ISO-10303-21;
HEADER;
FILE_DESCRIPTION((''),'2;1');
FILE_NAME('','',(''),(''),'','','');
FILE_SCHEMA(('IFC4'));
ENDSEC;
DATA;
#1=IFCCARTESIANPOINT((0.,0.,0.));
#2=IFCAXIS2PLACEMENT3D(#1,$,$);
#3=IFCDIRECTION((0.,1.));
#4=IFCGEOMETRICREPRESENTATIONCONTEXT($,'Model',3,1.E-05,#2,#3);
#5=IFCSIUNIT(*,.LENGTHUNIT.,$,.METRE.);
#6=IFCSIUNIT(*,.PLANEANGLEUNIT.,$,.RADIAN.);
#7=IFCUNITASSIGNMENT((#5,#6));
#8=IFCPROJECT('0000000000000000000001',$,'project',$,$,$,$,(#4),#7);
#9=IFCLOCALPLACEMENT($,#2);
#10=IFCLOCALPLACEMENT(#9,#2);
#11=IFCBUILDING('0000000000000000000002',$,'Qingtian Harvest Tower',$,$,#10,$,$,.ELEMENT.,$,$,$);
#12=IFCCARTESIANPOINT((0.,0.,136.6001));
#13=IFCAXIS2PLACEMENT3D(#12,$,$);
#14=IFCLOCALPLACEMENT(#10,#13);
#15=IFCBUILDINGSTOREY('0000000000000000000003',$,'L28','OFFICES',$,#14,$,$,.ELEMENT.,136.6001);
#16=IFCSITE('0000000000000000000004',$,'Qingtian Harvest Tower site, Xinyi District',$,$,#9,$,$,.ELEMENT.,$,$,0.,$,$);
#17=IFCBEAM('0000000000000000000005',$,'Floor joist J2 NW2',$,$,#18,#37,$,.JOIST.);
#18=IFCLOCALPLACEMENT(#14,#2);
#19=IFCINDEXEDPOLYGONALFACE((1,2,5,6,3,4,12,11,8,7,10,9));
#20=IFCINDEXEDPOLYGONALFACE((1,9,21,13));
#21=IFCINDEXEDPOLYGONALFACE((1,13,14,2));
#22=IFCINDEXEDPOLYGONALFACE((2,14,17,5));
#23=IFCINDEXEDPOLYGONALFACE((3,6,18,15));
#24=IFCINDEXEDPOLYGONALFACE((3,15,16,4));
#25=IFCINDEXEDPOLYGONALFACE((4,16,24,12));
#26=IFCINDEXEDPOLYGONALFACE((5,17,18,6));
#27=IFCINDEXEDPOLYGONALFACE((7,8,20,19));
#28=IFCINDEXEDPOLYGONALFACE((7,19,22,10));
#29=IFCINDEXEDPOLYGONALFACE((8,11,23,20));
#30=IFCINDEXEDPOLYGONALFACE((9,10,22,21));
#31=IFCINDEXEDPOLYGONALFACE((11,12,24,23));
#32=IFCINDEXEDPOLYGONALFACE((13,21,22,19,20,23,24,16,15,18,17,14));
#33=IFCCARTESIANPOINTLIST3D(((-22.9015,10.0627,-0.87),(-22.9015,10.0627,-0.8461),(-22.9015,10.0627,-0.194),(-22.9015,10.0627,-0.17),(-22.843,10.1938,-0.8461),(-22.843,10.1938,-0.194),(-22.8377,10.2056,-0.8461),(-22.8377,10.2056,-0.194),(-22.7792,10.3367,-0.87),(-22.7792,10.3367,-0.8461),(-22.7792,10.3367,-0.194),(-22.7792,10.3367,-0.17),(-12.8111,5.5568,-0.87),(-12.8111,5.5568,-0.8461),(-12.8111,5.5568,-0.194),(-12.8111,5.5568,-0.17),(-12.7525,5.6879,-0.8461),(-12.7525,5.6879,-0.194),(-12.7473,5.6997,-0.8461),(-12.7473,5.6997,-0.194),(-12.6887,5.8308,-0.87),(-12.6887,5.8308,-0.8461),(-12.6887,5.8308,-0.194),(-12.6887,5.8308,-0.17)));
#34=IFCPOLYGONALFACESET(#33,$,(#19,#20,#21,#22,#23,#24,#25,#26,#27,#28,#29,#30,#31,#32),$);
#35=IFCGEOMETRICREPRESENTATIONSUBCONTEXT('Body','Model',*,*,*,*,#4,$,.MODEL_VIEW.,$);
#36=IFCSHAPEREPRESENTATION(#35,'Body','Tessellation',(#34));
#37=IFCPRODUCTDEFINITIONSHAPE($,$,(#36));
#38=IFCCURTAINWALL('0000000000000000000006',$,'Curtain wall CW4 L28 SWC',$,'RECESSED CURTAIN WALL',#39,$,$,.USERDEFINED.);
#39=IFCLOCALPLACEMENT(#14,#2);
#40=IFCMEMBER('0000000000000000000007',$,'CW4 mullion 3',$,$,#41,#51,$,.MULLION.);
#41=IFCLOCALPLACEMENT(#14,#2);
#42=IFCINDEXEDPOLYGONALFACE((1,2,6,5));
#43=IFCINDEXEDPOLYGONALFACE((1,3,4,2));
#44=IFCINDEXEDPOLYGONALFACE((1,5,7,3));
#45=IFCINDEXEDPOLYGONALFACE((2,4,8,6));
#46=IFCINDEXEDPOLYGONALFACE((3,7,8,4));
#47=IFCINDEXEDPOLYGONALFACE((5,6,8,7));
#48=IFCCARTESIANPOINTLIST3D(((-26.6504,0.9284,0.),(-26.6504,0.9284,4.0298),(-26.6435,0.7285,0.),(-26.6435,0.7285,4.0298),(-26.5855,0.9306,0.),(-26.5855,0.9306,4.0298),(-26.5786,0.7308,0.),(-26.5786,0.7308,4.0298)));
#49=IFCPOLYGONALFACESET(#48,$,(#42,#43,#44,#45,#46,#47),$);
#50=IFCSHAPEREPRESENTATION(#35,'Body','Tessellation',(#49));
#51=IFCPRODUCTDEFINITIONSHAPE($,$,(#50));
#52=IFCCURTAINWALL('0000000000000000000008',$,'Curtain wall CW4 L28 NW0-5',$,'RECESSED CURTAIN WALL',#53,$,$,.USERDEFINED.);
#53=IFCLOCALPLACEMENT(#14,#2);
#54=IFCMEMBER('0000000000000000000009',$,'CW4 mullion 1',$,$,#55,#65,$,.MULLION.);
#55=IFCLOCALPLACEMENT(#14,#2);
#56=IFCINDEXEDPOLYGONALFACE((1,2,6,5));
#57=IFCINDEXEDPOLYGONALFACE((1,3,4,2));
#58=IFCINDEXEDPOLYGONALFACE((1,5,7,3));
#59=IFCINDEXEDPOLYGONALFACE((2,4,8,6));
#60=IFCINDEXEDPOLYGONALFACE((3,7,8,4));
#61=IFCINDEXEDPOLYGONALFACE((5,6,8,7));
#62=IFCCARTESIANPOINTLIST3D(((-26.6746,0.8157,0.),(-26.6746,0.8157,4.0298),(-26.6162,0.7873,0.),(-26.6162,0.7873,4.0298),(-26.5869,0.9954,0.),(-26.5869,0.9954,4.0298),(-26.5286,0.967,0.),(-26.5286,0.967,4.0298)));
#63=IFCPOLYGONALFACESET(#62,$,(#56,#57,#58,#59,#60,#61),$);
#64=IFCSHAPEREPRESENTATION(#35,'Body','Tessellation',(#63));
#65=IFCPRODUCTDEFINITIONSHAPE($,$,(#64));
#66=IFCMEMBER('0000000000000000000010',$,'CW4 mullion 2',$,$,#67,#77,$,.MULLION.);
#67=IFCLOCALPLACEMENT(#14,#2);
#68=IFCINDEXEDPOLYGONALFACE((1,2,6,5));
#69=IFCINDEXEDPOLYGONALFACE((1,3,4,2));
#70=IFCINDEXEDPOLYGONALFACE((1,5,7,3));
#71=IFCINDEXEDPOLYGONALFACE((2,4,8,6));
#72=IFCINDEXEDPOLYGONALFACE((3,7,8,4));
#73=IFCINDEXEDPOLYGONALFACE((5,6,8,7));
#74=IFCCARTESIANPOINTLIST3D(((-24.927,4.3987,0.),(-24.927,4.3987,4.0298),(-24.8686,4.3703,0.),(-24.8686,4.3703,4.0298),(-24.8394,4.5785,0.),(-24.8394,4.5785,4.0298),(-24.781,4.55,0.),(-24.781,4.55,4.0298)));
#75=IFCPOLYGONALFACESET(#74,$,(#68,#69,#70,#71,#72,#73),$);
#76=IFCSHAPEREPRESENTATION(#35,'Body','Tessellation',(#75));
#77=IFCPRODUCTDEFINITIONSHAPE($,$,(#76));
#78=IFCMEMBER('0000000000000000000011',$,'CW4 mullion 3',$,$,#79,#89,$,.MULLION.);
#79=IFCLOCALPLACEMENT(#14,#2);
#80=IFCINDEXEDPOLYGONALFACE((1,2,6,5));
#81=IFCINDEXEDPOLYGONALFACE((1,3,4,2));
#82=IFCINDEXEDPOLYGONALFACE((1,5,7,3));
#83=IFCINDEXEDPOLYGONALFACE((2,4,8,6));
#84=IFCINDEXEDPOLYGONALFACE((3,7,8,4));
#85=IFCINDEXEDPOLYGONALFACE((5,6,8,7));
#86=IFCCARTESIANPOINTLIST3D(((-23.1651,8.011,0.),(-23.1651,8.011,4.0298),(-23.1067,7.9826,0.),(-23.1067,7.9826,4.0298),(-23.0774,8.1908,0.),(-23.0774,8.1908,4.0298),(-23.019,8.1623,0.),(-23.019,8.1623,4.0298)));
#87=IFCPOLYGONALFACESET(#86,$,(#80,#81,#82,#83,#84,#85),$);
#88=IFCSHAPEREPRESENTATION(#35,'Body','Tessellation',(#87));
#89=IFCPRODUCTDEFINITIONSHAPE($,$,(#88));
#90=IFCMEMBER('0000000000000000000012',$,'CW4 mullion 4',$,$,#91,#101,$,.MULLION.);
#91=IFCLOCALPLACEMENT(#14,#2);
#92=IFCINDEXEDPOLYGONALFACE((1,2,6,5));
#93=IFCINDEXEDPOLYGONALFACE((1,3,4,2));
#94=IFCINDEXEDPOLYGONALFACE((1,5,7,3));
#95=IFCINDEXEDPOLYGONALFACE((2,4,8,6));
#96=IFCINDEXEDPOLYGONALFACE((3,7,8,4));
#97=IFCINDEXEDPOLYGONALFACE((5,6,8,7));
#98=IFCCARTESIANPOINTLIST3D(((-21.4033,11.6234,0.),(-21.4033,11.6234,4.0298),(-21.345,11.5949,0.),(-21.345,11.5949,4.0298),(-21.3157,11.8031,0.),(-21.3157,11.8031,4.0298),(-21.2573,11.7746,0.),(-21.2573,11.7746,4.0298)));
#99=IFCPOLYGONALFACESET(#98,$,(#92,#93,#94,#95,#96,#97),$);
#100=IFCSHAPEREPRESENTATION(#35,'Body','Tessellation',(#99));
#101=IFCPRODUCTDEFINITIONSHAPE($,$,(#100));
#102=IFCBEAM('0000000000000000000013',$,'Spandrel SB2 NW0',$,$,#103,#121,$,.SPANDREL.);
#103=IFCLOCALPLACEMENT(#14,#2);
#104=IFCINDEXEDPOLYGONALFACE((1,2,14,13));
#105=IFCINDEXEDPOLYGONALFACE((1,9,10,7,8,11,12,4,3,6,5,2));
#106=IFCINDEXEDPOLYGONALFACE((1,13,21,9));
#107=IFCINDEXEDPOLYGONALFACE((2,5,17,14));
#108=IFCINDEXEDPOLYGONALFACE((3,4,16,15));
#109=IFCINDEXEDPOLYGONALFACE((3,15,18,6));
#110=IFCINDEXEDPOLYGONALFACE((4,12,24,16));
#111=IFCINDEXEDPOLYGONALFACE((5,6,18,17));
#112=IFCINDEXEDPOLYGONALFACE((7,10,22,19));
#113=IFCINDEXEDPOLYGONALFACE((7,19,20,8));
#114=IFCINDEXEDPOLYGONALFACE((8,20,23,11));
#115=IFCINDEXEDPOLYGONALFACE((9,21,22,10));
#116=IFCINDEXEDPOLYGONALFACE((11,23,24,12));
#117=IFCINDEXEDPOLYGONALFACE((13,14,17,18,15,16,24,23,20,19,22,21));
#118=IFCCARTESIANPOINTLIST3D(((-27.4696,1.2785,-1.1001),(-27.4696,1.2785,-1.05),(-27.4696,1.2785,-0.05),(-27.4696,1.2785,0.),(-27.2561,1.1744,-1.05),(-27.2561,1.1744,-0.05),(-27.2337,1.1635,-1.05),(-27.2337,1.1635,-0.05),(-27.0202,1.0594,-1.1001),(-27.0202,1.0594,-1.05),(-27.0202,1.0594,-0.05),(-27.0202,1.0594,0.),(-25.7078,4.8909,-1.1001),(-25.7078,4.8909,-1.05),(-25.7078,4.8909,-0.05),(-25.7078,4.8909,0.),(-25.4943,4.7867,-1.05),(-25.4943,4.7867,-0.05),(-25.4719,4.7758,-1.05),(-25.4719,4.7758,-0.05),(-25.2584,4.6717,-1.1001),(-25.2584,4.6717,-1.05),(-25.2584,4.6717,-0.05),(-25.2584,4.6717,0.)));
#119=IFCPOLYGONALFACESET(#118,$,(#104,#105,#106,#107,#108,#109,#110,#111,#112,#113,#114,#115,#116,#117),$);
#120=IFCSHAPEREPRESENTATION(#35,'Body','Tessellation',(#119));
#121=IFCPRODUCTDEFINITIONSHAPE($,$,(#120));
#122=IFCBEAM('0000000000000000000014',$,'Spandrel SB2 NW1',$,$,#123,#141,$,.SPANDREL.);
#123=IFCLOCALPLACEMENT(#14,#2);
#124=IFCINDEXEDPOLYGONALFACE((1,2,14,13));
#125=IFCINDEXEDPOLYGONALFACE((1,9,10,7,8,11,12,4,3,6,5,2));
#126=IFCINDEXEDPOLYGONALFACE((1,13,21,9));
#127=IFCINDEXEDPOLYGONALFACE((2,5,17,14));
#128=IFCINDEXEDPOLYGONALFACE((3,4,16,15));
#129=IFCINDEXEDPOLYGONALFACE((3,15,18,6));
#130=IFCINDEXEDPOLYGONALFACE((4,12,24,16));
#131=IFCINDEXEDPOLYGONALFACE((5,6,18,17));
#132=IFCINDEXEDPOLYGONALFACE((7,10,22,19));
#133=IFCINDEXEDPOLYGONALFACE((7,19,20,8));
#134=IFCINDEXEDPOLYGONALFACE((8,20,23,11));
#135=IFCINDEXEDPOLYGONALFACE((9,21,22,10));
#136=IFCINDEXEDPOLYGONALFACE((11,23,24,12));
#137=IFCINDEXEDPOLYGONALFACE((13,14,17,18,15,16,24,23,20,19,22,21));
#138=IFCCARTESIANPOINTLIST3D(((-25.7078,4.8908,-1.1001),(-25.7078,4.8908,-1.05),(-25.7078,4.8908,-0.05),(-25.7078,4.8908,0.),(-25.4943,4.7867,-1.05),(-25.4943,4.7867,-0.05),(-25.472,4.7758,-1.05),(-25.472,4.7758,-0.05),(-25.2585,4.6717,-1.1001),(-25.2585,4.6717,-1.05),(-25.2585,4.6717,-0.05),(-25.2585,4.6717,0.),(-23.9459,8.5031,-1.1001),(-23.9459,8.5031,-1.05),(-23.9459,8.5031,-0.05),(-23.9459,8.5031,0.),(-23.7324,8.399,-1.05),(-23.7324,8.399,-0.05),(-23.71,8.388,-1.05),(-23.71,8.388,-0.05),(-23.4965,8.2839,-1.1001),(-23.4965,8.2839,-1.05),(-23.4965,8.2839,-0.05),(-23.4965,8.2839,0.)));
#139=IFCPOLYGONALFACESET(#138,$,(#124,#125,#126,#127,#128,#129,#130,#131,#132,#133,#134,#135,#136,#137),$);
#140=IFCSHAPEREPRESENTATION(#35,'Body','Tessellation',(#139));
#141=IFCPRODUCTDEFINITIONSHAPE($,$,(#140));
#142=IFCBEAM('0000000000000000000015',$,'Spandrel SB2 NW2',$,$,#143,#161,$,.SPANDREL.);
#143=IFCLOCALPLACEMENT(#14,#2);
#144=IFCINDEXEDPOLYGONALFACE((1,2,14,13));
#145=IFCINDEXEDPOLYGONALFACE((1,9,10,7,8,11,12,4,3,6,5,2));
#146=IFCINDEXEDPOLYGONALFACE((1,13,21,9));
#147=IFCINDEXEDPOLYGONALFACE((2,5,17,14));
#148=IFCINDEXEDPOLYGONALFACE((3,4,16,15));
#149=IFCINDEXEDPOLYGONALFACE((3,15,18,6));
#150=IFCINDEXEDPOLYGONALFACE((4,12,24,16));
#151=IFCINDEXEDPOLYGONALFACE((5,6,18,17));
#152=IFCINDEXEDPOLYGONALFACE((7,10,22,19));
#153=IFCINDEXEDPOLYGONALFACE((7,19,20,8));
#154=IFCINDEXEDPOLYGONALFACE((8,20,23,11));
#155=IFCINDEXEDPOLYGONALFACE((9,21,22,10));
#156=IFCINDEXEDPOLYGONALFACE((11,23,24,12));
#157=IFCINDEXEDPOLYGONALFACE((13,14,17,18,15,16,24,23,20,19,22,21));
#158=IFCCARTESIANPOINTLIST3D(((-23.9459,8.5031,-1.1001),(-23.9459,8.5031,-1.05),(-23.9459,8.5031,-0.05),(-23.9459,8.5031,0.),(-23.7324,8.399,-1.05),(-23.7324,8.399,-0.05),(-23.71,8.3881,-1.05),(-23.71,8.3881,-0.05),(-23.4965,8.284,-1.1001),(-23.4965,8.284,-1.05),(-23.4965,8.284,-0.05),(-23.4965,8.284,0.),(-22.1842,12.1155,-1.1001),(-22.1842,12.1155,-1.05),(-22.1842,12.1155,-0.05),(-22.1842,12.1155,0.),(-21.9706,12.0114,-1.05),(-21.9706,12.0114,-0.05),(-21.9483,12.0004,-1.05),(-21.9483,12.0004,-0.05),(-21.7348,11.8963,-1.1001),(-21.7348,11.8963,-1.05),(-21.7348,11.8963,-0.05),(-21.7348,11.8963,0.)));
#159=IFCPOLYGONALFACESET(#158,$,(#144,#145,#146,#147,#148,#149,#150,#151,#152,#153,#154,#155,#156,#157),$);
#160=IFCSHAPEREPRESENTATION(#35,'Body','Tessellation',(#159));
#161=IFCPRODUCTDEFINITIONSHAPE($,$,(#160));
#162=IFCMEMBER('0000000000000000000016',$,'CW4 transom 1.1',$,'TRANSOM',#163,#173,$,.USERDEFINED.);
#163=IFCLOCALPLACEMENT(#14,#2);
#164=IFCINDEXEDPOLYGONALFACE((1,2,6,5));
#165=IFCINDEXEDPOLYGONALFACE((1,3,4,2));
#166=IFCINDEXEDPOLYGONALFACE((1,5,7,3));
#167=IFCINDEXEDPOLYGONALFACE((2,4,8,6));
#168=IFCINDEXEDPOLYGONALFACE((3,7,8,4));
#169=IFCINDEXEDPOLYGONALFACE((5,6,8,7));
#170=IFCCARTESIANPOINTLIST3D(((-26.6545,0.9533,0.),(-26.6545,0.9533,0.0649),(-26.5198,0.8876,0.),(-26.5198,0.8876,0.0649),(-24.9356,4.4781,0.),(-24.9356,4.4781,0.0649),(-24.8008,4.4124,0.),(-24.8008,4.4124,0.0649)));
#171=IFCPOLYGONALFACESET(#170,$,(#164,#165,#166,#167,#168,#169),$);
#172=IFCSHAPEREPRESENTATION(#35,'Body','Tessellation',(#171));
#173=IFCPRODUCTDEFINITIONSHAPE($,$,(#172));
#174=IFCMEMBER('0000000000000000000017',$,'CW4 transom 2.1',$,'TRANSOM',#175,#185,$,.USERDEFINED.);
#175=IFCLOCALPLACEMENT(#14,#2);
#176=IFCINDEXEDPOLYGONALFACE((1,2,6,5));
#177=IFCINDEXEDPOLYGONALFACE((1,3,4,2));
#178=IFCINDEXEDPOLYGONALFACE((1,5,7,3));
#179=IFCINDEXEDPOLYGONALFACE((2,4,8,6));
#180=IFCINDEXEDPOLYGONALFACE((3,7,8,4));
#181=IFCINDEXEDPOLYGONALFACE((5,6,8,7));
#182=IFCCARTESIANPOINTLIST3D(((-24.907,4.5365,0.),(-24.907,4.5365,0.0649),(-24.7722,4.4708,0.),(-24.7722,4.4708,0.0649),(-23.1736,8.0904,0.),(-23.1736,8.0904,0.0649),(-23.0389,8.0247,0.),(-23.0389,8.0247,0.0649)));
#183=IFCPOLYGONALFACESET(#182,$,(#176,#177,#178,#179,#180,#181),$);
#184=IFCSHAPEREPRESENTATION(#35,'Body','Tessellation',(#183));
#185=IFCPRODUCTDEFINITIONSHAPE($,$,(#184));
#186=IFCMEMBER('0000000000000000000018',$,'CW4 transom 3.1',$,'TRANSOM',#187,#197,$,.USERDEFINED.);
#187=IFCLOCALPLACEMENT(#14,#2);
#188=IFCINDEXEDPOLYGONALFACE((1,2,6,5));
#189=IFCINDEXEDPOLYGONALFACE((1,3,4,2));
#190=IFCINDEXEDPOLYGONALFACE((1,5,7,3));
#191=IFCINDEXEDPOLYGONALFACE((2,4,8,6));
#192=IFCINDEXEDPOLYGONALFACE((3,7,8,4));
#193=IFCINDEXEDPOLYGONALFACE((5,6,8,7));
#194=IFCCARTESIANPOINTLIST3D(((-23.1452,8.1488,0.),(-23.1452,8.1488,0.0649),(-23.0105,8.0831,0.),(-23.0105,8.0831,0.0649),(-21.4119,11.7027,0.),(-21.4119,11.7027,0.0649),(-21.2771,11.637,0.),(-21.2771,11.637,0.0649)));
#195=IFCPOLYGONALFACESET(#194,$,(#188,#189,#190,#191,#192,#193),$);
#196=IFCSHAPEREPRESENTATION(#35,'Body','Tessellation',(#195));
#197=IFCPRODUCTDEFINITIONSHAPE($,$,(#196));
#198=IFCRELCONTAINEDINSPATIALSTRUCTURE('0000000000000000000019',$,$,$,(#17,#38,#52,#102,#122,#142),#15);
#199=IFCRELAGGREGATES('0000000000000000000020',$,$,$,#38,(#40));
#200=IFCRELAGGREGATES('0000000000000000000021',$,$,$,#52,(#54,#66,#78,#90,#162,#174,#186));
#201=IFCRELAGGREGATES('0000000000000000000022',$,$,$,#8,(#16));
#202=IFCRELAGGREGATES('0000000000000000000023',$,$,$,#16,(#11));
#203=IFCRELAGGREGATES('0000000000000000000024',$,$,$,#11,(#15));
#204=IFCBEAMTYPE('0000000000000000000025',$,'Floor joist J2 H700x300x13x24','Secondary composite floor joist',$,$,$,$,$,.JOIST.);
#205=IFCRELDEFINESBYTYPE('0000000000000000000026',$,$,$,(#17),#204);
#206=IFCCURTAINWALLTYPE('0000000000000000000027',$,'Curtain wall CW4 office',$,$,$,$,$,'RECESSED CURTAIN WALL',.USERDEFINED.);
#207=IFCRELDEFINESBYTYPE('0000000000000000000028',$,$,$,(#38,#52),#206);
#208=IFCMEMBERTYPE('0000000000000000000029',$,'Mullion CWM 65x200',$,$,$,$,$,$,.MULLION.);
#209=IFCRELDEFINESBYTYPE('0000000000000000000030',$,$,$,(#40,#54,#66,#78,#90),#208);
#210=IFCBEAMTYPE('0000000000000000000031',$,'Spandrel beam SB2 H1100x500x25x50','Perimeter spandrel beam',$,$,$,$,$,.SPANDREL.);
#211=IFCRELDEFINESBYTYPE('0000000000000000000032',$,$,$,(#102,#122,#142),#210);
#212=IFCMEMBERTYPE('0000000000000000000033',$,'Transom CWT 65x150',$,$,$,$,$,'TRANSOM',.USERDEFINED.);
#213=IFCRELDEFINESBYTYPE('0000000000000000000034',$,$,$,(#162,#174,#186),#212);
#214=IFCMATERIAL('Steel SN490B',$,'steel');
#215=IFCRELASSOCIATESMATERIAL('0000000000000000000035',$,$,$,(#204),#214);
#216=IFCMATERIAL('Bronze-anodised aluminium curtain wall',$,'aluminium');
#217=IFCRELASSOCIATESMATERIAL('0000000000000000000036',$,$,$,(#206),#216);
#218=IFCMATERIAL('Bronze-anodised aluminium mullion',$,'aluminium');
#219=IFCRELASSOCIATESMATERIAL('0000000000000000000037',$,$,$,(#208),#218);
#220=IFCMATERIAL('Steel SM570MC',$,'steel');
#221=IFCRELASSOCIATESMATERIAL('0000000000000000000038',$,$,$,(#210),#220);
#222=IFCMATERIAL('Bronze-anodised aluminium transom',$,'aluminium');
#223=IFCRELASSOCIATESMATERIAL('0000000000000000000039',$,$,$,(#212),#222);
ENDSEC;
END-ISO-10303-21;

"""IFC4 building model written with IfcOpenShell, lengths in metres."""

from ifc_helpers import new_model, si_unit, direction, frame, origin, origin_2d, place, context, subcontext, project, spatial, rectangle, i_section, extrude, material, material_profile, profile_set, type_object, element, aggregate, save


model = new_model("IFC4")

# Units and contexts
model_context = context("Model", 3, precision=1e-05, world=origin(), true_north=direction((0.0, 1.0)))
body_context = subcontext(model_context, "Body", "Model", "MODEL_VIEW")
ifc_project = project(units=[si_unit("LENGTHUNIT", "METRE"), si_unit("PLANEANGLEUNIT", "RADIAN")], contexts=[model_context])

# Site, building, storey
site_placement = place(None, origin())
site = spatial("IfcSite", under=ifc_project, at=site_placement, Name="Qingtian Harvest Tower site, Xinyi District", CompositionType="ELEMENT", RefElevation=0.0)
building_placement = place(site_placement, origin())
building = spatial("IfcBuilding", under=site, at=building_placement, Name="Qingtian Harvest Tower", CompositionType="ELEMENT")
storey_placement = place(building_placement, frame((0.0, 0.0, 136.6001)))
storey = spatial("IfcBuildingStorey", under=building, at=storey_placement, Name="L28", Description="OFFICES", CompositionType="ELEMENT", Elevation=136.6001)

# Beam
ifc_material_1 = material(Name="Steel SN490B", Category="steel")
ifc_material_profile_1 = material_profile(ifc_material_1, i_section(OverallWidth=0.3, OverallDepth=0.7, WebThickness=0.0129, FlangeThickness=0.0239, at=origin_2d()), Name="H700x300x13x24")
ifc_profile_set_1 = profile_set([ifc_material_profile_1], Name="Steel SN490B")
beam_type_1 = type_object("IfcBeamType", Name="Floor joist J2 H700x300x13x24", Description="Secondary composite floor joist", PredefinedType="JOIST", material=ifc_profile_set_1)
beam_1_placement = place(storey_placement, frame((-22.8403, 10.1997, -0.52), z_axis=(0.913096, -0.407745, 0.0), x_axis=(0.407745, 0.913096, 0.0)))
element("IfcBeam", 1, at=beam_1_placement, inside=storey, type_object=beam_type_1, Name="Floor joist J2 NW2", PredefinedType="JOIST", context=body_context, shape_type="SweptSolid", body=[
    extrude(i_section(OverallWidth=0.3, OverallDepth=0.7, WebThickness=0.0129, FlangeThickness=0.0239, at=origin_2d()), origin(), (0.0, 0.0, 1.0), 11.0508),
])

# Curtain wall, member
ifc_material_2 = material(Name="Bronze-anodised aluminium curtain wall", Category="aluminium")
curtain_wall_type = type_object("IfcCurtainWallType", Name="Curtain wall CW4 office", ElementType="RECESSED CURTAIN WALL", PredefinedType="USERDEFINED", material=ifc_material_2)
curtain_wall_1_placement = place(storey_placement, origin())
curtain_wall_1 = element("IfcCurtainWall", 2, at=curtain_wall_1_placement, inside=storey, type_object=curtain_wall_type, Name="Curtain wall CW4 L28 SWC", ObjectType="RECESSED CURTAIN WALL", PredefinedType="USERDEFINED")
ifc_material_3 = material(Name="Bronze-anodised aluminium mullion", Category="aluminium")
ifc_material_profile_2 = material_profile(ifc_material_3, rectangle(XDim=0.0649, YDim=0.2, at=origin_2d()), Name="AL 65x200")
ifc_profile_set_2 = profile_set([ifc_material_profile_2], Name="Bronze-anodised aluminium mullion")
member_type_1 = type_object("IfcMemberType", Name="Mullion CWM 65x200", PredefinedType="MULLION", material=ifc_profile_set_2)
member_1_placement = place(storey_placement, frame((-26.6145, 0.8296, 0.0), z_axis=(0.0, 0.0, 1.0), x_axis=(-0.999391, -0.034899, 0.0)))
member_1 = element("IfcMember", 3, at=member_1_placement, type_object=member_type_1, Name="CW4 mullion 3", PredefinedType="MULLION", context=body_context, shape_type="SweptSolid", body=[
    extrude(rectangle(XDim=0.0649, YDim=0.2, at=origin_2d()), origin(), (0.0, 0.0, 1.0), 4.0298),
])
aggregate(curtain_wall_1, [member_1])

# Curtain wall, members
curtain_wall_2_placement = place(storey_placement, origin())
curtain_wall_2 = element("IfcCurtainWall", 4, at=curtain_wall_2_placement, inside=storey, type_object=curtain_wall_type, Name="Curtain wall CW4 L28 NW0-5", ObjectType="RECESSED CURTAIN WALL", PredefinedType="USERDEFINED")
member_2_placement = place(storey_placement, frame((-26.6016, 0.8914, 0.0), z_axis=(0.0, 0.0, 1.0), x_axis=(-0.898794, 0.438371, 0.0)))
member_2 = element("IfcMember", 5, at=member_2_placement, type_object=member_type_1, Name="CW4 mullion 1", PredefinedType="MULLION", context=body_context, shape_type="SweptSolid", body=[
    extrude(rectangle(XDim=0.0649, YDim=0.2, at=origin_2d()), origin(), (0.0, 0.0, 1.0), 4.0298),
])
member_3_placement = place(storey_placement, frame((-24.854, 4.4744, 0.0), z_axis=(0.0, 0.0, 1.0), x_axis=(-0.898794, 0.438371, 0.0)))
member_3 = element("IfcMember", 6, at=member_3_placement, type_object=member_type_1, Name="CW4 mullion 2", PredefinedType="MULLION", context=body_context, shape_type="SweptSolid", body=[
    extrude(rectangle(XDim=0.0649, YDim=0.2, at=origin_2d()), origin(), (0.0, 0.0, 1.0), 4.0298),
])
member_4_placement = place(storey_placement, frame((-23.092, 8.0867, 0.0), z_axis=(0.0, 0.0, 1.0), x_axis=(-0.898794, 0.438371, 0.0)))
member_4 = element("IfcMember", 7, at=member_4_placement, type_object=member_type_1, Name="CW4 mullion 3", PredefinedType="MULLION", context=body_context, shape_type="SweptSolid", body=[
    extrude(rectangle(XDim=0.0649, YDim=0.2, at=origin_2d()), origin(), (0.0, 0.0, 1.0), 4.0298),
])
member_5_placement = place(storey_placement, frame((-21.3303, 11.699, 0.0), z_axis=(0.0, 0.0, 1.0), x_axis=(-0.898794, 0.438371, 0.0)))
member_5 = element("IfcMember", 8, at=member_5_placement, type_object=member_type_1, Name="CW4 mullion 4", PredefinedType="MULLION", context=body_context, shape_type="SweptSolid", body=[
    extrude(rectangle(XDim=0.0649, YDim=0.2, at=origin_2d()), origin(), (0.0, 0.0, 1.0), 4.0298),
])

# Beams
ifc_material_4 = material(Name="Steel SM570MC", Category="steel")
ifc_material_profile_3 = material_profile(ifc_material_4, i_section(OverallWidth=0.5, OverallDepth=1.1001, WebThickness=0.0249, FlangeThickness=0.05, at=origin_2d()), Name="H1100x500x25x50")
ifc_profile_set_3 = profile_set([ifc_material_profile_3], Name="Steel SM570MC")
beam_type_2 = type_object("IfcBeamType", Name="Spandrel beam SB2 H1100x500x25x50", Description="Perimeter spandrel beam", PredefinedType="SPANDREL", material=ifc_profile_set_3)
for number, where, z_axis, x_axis, name in (
    (9, (-27.2449, 1.1689, -0.55), (0.438347, 0.898806, 0.0), (-0.898806, 0.438347, 0.0), "Spandrel SB2 NW0"),
    (10, (-25.4832, 4.7812, -0.55), (0.438396, 0.898782, 0.0), (-0.898782, 0.438396, 0.0), "Spandrel SB2 NW1"),
    (11, (-23.7212, 8.3936, -0.55), (0.438347, 0.898806, 0.0), (-0.898806, 0.438347, 0.0), "Spandrel SB2 NW2"),
):
    element("IfcBeam", number, at=place(storey_placement, frame(where, z_axis=z_axis, x_axis=x_axis)), inside=storey, type_object=beam_type_2, Name=name, PredefinedType="SPANDREL", context=body_context, shape_type="SweptSolid", body=[
        extrude(i_section(OverallWidth=0.5, OverallDepth=1.1001, WebThickness=0.0249, FlangeThickness=0.05, at=origin_2d()), origin(), (0.0, 0.0, 1.0), 4.019),
    ])

# Members
ifc_material_5 = material(Name="Bronze-anodised aluminium transom", Category="aluminium")
ifc_material_profile_4 = material_profile(ifc_material_5, rectangle(XDim=0.1499, YDim=0.0649, at=origin_2d()), Name="AL 65x150")
ifc_profile_set_4 = profile_set([ifc_material_profile_4], Name="Bronze-anodised aluminium transom")
member_type_2 = type_object("IfcMemberType", Name="Transom CWT 65x150", ElementType="TRANSOM", PredefinedType="USERDEFINED", material=ifc_profile_set_4)
member_6_placement = place(storey_placement, frame((-26.5872, 0.9204, 0.0325), z_axis=(0.438327, 0.898816, 0.0), x_axis=(-0.898816, 0.438327, 0.0)))
member_6 = element("IfcMember", 12, at=member_6_placement, type_object=member_type_2, Name="CW4 transom 1.1", ObjectType="TRANSOM", PredefinedType="USERDEFINED", context=body_context, shape_type="SweptSolid", body=[
    extrude(rectangle(XDim=0.1499, YDim=0.0649, at=origin_2d()), origin(), (0.0, 0.0, 1.0), 3.9216),
])
member_7_placement = place(storey_placement, frame((-24.8396, 4.5037, 0.0325), z_axis=(0.438375, 0.898792, 0.0), x_axis=(-0.898792, 0.438375, 0.0)))
member_7 = element("IfcMember", 13, at=member_7_placement, type_object=member_type_2, Name="CW4 transom 2.1", ObjectType="TRANSOM", PredefinedType="USERDEFINED", context=body_context, shape_type="SweptSolid", body=[
    extrude(rectangle(XDim=0.1499, YDim=0.0649, at=origin_2d()), origin(), (0.0, 0.0, 1.0), 3.9541),
])
member_8_placement = place(storey_placement, frame((-23.0779, 8.116, 0.0325), z_axis=(0.438375, 0.898792, 0.0), x_axis=(-0.898792, 0.438375, 0.0)))
member_8 = element("IfcMember", 14, at=member_8_placement, type_object=member_type_2, Name="CW4 transom 3.1", ObjectType="TRANSOM", PredefinedType="USERDEFINED", context=body_context, shape_type="SweptSolid", body=[
    extrude(rectangle(XDim=0.1499, YDim=0.0649, at=origin_2d()), origin(), (0.0, 0.0, 1.0), 3.9541),
])

aggregate(curtain_wall_2, [member_2, member_3, member_4, member_5, member_6, member_7, member_8])

save(model, "model.ifc")
